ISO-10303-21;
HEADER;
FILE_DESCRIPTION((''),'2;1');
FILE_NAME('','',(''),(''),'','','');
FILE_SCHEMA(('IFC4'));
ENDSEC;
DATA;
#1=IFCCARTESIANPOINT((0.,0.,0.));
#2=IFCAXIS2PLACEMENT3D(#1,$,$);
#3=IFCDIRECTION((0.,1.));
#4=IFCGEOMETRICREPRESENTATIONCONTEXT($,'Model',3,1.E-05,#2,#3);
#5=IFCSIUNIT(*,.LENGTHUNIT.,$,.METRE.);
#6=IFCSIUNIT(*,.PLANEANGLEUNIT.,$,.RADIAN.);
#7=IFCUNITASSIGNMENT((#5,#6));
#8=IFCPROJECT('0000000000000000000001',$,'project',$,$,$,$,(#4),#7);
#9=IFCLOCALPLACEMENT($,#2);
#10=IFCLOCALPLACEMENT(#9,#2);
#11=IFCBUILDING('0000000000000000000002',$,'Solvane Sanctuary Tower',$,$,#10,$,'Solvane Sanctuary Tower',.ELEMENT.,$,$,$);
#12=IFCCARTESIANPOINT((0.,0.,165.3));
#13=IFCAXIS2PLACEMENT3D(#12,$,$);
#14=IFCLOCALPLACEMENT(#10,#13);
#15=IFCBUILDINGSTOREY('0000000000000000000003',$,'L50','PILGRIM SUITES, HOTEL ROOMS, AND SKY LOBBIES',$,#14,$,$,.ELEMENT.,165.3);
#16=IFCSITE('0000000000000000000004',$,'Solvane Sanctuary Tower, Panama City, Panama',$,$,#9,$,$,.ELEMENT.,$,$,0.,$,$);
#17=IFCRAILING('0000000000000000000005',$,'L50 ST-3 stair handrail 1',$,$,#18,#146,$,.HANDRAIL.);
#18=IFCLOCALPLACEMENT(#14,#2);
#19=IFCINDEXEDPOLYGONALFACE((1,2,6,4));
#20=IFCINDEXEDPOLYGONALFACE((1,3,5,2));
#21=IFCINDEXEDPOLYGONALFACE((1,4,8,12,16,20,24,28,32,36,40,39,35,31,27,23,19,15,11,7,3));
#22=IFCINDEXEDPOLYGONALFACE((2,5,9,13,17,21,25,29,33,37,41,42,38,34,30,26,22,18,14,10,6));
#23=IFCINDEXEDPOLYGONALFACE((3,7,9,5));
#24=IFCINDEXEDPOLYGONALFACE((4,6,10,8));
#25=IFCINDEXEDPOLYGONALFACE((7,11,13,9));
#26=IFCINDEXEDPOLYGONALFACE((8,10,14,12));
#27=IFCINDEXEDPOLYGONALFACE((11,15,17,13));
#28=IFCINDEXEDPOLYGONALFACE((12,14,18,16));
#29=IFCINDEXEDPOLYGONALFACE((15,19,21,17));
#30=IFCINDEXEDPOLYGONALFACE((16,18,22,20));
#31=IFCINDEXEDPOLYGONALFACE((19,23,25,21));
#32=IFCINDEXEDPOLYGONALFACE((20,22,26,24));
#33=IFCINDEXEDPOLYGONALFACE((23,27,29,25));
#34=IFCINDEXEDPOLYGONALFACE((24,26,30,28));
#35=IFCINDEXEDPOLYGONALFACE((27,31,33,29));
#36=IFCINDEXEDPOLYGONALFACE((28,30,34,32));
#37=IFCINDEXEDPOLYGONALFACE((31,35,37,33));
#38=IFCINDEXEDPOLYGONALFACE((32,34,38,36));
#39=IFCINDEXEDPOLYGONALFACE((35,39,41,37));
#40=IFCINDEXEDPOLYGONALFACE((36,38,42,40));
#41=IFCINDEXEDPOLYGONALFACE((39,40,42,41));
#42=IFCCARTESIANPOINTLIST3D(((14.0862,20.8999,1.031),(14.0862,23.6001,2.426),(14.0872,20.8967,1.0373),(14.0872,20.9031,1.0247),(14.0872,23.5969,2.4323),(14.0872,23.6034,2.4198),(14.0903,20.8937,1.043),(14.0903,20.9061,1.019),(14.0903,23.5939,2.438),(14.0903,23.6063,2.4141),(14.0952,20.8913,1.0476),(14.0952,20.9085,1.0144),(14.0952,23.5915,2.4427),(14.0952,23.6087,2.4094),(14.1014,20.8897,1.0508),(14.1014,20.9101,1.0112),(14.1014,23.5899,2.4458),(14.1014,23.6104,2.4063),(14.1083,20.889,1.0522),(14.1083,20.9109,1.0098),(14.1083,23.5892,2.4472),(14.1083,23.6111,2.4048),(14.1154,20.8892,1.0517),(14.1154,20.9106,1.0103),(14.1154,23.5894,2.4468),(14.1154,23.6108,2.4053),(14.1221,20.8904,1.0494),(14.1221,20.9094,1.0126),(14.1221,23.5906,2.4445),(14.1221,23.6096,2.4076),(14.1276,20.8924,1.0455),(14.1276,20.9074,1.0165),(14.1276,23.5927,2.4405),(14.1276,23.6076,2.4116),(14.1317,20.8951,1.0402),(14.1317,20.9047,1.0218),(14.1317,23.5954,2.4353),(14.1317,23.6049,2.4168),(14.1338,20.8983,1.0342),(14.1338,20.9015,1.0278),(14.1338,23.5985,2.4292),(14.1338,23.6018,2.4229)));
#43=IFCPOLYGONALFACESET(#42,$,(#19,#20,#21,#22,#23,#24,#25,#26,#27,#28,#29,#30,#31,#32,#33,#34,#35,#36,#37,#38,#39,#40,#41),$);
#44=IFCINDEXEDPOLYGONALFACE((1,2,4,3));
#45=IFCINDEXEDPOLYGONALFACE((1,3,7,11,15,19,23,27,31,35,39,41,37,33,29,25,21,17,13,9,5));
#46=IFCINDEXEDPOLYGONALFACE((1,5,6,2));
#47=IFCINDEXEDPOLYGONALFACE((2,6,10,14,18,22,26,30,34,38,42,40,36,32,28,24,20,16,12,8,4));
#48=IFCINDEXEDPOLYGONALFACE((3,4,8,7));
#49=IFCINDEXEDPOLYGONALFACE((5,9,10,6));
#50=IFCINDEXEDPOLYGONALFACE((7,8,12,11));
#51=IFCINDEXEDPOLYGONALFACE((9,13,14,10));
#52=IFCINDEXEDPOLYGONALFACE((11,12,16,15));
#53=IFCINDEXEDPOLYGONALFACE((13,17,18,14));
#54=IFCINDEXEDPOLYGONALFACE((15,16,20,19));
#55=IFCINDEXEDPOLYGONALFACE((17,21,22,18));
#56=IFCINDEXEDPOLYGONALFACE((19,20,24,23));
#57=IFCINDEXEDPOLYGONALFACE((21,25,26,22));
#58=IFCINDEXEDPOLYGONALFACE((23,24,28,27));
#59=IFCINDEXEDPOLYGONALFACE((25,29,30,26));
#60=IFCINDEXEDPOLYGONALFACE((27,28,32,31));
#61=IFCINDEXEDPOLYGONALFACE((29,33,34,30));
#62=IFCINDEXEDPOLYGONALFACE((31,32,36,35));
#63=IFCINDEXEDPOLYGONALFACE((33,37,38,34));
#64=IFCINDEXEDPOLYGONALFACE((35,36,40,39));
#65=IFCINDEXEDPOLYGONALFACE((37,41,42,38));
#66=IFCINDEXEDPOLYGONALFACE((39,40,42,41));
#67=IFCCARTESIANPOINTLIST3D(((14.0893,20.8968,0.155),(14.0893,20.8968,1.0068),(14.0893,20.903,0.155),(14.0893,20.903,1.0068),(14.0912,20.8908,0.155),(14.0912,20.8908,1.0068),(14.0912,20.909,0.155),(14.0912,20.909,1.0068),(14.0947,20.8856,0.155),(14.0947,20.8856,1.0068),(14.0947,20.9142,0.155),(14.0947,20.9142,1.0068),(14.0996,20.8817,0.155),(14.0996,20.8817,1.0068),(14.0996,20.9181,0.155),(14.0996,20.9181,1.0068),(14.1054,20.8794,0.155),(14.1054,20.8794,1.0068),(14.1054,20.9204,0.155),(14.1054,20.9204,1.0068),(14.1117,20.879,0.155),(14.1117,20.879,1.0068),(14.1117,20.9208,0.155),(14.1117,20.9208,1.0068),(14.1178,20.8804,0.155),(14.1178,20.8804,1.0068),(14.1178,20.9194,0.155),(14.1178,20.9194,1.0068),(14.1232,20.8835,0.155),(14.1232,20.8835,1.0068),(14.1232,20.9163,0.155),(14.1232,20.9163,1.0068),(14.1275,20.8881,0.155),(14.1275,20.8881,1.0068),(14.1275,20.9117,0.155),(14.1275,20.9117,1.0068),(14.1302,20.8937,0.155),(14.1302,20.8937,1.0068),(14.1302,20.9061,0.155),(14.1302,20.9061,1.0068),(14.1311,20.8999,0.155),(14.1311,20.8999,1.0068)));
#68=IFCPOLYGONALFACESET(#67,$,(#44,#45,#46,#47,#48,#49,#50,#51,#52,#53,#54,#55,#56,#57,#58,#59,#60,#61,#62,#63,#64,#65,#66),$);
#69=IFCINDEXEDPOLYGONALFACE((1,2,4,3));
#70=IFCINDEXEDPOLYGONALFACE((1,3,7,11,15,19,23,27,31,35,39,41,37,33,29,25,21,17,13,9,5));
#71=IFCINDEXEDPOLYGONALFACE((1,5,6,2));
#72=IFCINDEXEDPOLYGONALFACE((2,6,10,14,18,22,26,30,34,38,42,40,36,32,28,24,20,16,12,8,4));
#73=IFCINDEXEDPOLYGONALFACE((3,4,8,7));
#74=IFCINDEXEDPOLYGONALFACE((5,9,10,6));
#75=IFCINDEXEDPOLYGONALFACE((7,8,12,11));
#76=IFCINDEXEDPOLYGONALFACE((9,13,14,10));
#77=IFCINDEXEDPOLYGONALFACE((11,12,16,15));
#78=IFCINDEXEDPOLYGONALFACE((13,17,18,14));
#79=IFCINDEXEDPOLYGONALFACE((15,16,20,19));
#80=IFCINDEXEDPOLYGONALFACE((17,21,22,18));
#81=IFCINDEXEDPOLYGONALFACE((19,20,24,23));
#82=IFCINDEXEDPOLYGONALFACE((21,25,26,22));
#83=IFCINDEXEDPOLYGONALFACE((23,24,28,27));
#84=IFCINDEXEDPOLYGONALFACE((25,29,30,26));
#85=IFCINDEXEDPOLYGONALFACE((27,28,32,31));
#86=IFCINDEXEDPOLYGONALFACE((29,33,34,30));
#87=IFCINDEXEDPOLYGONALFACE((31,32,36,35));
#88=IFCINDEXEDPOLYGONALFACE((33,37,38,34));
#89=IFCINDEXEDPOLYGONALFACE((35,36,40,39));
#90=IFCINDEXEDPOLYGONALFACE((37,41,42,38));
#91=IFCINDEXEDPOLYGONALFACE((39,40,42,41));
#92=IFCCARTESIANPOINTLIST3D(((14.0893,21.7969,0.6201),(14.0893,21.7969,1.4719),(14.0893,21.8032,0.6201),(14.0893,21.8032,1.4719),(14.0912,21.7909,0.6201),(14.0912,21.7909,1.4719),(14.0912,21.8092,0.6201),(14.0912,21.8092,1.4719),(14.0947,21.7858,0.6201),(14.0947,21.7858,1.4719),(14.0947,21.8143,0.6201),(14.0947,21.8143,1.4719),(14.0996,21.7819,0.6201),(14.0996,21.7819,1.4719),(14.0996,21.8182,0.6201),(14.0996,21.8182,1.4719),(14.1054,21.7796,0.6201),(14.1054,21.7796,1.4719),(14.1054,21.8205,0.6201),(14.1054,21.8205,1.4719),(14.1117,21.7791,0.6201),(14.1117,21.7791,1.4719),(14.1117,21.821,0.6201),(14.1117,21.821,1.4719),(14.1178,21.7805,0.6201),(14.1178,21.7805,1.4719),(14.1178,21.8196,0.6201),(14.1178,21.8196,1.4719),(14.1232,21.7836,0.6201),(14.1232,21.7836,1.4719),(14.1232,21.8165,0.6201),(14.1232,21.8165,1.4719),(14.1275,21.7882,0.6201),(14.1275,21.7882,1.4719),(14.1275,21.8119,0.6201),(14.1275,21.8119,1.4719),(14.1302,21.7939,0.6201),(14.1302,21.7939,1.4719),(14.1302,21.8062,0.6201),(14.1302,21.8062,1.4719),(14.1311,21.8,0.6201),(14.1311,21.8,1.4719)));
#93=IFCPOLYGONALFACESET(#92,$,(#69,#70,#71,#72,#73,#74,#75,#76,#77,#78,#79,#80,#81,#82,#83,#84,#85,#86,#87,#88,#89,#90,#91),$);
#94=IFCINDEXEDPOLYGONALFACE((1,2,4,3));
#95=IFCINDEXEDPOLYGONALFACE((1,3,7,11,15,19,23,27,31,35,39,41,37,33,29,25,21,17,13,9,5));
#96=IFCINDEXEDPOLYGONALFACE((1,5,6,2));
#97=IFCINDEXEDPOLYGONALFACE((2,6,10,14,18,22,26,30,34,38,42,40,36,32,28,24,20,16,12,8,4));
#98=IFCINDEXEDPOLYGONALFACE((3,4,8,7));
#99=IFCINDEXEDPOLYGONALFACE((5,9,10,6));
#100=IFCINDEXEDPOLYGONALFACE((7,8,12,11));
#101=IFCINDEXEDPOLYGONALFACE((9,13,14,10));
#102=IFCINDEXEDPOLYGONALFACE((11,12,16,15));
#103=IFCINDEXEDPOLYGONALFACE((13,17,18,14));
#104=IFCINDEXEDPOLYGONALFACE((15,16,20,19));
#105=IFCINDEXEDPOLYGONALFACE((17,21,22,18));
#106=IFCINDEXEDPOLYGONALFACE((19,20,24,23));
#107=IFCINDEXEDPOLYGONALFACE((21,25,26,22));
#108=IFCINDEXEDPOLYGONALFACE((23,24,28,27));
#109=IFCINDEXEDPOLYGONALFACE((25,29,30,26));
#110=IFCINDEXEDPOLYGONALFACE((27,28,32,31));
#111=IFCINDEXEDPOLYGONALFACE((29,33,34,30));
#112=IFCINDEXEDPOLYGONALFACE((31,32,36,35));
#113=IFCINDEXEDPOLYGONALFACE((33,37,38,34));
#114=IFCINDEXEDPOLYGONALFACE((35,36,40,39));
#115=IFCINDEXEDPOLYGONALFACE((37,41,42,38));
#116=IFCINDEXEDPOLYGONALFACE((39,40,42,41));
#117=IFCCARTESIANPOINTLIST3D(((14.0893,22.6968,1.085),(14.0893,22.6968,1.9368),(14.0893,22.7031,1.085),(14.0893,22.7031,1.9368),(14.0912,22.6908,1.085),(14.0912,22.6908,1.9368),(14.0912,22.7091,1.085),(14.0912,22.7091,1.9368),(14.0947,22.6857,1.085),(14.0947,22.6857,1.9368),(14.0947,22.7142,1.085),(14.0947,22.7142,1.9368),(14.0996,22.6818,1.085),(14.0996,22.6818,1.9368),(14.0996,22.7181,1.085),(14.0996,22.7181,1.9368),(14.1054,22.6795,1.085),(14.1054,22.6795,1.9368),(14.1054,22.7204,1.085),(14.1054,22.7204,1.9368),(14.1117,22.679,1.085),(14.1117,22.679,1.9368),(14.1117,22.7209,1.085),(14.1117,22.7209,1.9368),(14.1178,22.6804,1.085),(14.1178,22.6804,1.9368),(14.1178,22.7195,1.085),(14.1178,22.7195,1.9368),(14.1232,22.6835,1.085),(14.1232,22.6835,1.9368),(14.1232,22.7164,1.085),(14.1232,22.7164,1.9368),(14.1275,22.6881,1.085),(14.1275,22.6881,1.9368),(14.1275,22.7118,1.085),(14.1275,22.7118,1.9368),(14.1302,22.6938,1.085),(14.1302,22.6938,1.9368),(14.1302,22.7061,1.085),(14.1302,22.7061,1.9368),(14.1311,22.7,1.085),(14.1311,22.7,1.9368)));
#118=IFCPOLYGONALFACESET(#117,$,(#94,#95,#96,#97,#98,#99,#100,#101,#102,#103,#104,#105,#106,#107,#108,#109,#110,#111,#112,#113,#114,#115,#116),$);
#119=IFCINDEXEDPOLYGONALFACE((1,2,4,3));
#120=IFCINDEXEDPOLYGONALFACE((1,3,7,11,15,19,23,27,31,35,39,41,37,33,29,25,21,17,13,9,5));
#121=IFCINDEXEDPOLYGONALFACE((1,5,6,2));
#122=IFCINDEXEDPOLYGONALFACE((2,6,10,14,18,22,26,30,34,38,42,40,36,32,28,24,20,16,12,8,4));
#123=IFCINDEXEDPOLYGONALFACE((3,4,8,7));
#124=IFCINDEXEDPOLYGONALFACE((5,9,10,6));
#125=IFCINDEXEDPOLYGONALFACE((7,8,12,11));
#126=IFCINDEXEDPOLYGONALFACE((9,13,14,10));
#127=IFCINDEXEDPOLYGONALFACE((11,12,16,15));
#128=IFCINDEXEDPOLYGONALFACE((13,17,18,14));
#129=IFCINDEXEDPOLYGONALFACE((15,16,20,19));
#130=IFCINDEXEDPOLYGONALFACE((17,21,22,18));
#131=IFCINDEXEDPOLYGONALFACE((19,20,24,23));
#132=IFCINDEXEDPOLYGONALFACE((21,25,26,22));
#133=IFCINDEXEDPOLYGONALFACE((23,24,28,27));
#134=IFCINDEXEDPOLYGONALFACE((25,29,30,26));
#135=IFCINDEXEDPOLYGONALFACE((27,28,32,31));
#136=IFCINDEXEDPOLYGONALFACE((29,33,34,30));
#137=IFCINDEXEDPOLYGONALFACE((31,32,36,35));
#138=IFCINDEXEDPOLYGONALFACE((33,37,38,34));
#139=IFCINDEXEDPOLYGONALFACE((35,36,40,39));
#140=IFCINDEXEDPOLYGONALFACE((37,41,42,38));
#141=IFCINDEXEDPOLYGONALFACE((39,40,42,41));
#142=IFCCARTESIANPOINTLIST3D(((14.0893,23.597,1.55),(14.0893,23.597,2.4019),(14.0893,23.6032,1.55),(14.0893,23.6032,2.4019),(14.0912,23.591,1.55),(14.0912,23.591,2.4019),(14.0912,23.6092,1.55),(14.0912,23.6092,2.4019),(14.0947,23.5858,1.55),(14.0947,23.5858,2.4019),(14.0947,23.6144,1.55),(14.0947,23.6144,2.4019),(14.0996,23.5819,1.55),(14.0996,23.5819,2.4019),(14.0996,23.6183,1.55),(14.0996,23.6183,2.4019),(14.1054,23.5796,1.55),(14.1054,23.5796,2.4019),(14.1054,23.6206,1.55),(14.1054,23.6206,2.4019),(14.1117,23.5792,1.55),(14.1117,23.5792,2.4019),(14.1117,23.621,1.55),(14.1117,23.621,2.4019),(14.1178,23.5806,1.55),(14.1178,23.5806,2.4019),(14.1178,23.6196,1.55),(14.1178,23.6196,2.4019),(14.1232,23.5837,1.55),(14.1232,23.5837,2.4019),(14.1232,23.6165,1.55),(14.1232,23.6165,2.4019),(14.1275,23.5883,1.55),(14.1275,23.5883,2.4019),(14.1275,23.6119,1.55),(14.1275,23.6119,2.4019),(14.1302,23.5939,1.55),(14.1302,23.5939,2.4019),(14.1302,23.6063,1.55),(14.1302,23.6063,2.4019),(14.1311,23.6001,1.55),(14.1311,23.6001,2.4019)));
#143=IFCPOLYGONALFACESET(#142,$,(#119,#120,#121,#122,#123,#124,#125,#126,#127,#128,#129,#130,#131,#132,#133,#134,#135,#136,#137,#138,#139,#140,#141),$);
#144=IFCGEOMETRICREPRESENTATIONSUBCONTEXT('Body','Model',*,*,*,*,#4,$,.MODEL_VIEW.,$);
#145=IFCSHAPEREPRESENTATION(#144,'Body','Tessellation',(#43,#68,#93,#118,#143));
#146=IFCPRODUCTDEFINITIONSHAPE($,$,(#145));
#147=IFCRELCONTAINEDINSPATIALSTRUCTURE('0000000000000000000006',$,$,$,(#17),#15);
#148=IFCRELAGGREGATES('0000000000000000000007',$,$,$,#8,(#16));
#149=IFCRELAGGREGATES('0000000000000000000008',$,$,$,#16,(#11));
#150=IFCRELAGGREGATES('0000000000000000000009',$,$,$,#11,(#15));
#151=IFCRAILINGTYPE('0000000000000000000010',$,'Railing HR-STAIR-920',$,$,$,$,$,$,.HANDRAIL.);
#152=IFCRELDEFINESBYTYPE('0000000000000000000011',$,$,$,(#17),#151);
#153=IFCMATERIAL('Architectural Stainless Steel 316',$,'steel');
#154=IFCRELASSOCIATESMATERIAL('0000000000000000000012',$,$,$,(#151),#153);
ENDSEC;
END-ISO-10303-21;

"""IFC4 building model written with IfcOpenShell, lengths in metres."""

from ifc_helpers import new_model, si_unit, direction, frame, origin, origin_2d, place, context, subcontext, project, spatial, circle, extrude, material, type_object, element, save


model = new_model("IFC4")

# Units and contexts
model_context = context("Model", 3, precision=1e-05, world=origin(), true_north=direction((0.0, 1.0)))
body_context = subcontext(model_context, "Body", "Model", "MODEL_VIEW")
ifc_project = project(units=[si_unit("LENGTHUNIT", "METRE"), si_unit("PLANEANGLEUNIT", "RADIAN")], contexts=[model_context])

# Site, building, storey
site_placement = place(None, origin())
site = spatial("IfcSite", under=ifc_project, at=site_placement, Name="Solvane Sanctuary Tower, Panama City, Panama", CompositionType="ELEMENT", RefElevation=0.0)
building_placement = place(site_placement, origin())
building = spatial("IfcBuilding", under=site, at=building_placement, Name="Solvane Sanctuary Tower", LongName="Solvane Sanctuary Tower", CompositionType="ELEMENT")
storey_placement = place(building_placement, frame((0.0, 0.0, 165.3)))
storey = spatial("IfcBuildingStorey", under=building, at=storey_placement, Name="L50", Description="PILGRIM SUITES, HOTEL ROOMS, AND SKY LOBBIES", CompositionType="ELEMENT", Elevation=165.3)

# Railing
ifc_material_1 = material(Name="Architectural Stainless Steel 316", Category="steel")
railing_type_1 = type_object("IfcRailingType", Name="Railing HR-STAIR-920", PredefinedType="HANDRAIL", material=ifc_material_1)
railing_1_placement = place(storey_placement, frame((14.1101, 20.8999, 0.155)))
element("IfcRailing", 1, at=railing_1_placement, inside=storey, type_object=railing_type_1, Name="L50 ST-3 stair handrail 1", PredefinedType="HANDRAIL", context=body_context, shape_type="SweptSolid", body=[
    extrude(circle(Radius=0.0239, at=origin_2d()), frame((0.0, 0.0, 0.876), z_axis=(0.0, 0.888437, 0.458999), x_axis=(-1.0, 0.0, 0.0)), (0.0, 0.0, 1.0), 3.0393),
    extrude(circle(Radius=0.021, at=origin_2d()), origin(), (0.0, 0.0, 1.0), 0.8518),
    extrude(circle(Radius=0.021, at=origin_2d()), frame((0.0, 0.9001, 0.4651)), (0.0, 0.0, 1.0), 0.8518),
    extrude(circle(Radius=0.021, at=origin_2d()), frame((0.0, 1.8, 0.9299)), (0.0, 0.0, 1.0), 0.8518),
    extrude(circle(Radius=0.021, at=origin_2d()), frame((0.0, 2.7002, 1.395)), (0.0, 0.0, 1.0), 0.8518),
])

save(model, "model.ifc")
